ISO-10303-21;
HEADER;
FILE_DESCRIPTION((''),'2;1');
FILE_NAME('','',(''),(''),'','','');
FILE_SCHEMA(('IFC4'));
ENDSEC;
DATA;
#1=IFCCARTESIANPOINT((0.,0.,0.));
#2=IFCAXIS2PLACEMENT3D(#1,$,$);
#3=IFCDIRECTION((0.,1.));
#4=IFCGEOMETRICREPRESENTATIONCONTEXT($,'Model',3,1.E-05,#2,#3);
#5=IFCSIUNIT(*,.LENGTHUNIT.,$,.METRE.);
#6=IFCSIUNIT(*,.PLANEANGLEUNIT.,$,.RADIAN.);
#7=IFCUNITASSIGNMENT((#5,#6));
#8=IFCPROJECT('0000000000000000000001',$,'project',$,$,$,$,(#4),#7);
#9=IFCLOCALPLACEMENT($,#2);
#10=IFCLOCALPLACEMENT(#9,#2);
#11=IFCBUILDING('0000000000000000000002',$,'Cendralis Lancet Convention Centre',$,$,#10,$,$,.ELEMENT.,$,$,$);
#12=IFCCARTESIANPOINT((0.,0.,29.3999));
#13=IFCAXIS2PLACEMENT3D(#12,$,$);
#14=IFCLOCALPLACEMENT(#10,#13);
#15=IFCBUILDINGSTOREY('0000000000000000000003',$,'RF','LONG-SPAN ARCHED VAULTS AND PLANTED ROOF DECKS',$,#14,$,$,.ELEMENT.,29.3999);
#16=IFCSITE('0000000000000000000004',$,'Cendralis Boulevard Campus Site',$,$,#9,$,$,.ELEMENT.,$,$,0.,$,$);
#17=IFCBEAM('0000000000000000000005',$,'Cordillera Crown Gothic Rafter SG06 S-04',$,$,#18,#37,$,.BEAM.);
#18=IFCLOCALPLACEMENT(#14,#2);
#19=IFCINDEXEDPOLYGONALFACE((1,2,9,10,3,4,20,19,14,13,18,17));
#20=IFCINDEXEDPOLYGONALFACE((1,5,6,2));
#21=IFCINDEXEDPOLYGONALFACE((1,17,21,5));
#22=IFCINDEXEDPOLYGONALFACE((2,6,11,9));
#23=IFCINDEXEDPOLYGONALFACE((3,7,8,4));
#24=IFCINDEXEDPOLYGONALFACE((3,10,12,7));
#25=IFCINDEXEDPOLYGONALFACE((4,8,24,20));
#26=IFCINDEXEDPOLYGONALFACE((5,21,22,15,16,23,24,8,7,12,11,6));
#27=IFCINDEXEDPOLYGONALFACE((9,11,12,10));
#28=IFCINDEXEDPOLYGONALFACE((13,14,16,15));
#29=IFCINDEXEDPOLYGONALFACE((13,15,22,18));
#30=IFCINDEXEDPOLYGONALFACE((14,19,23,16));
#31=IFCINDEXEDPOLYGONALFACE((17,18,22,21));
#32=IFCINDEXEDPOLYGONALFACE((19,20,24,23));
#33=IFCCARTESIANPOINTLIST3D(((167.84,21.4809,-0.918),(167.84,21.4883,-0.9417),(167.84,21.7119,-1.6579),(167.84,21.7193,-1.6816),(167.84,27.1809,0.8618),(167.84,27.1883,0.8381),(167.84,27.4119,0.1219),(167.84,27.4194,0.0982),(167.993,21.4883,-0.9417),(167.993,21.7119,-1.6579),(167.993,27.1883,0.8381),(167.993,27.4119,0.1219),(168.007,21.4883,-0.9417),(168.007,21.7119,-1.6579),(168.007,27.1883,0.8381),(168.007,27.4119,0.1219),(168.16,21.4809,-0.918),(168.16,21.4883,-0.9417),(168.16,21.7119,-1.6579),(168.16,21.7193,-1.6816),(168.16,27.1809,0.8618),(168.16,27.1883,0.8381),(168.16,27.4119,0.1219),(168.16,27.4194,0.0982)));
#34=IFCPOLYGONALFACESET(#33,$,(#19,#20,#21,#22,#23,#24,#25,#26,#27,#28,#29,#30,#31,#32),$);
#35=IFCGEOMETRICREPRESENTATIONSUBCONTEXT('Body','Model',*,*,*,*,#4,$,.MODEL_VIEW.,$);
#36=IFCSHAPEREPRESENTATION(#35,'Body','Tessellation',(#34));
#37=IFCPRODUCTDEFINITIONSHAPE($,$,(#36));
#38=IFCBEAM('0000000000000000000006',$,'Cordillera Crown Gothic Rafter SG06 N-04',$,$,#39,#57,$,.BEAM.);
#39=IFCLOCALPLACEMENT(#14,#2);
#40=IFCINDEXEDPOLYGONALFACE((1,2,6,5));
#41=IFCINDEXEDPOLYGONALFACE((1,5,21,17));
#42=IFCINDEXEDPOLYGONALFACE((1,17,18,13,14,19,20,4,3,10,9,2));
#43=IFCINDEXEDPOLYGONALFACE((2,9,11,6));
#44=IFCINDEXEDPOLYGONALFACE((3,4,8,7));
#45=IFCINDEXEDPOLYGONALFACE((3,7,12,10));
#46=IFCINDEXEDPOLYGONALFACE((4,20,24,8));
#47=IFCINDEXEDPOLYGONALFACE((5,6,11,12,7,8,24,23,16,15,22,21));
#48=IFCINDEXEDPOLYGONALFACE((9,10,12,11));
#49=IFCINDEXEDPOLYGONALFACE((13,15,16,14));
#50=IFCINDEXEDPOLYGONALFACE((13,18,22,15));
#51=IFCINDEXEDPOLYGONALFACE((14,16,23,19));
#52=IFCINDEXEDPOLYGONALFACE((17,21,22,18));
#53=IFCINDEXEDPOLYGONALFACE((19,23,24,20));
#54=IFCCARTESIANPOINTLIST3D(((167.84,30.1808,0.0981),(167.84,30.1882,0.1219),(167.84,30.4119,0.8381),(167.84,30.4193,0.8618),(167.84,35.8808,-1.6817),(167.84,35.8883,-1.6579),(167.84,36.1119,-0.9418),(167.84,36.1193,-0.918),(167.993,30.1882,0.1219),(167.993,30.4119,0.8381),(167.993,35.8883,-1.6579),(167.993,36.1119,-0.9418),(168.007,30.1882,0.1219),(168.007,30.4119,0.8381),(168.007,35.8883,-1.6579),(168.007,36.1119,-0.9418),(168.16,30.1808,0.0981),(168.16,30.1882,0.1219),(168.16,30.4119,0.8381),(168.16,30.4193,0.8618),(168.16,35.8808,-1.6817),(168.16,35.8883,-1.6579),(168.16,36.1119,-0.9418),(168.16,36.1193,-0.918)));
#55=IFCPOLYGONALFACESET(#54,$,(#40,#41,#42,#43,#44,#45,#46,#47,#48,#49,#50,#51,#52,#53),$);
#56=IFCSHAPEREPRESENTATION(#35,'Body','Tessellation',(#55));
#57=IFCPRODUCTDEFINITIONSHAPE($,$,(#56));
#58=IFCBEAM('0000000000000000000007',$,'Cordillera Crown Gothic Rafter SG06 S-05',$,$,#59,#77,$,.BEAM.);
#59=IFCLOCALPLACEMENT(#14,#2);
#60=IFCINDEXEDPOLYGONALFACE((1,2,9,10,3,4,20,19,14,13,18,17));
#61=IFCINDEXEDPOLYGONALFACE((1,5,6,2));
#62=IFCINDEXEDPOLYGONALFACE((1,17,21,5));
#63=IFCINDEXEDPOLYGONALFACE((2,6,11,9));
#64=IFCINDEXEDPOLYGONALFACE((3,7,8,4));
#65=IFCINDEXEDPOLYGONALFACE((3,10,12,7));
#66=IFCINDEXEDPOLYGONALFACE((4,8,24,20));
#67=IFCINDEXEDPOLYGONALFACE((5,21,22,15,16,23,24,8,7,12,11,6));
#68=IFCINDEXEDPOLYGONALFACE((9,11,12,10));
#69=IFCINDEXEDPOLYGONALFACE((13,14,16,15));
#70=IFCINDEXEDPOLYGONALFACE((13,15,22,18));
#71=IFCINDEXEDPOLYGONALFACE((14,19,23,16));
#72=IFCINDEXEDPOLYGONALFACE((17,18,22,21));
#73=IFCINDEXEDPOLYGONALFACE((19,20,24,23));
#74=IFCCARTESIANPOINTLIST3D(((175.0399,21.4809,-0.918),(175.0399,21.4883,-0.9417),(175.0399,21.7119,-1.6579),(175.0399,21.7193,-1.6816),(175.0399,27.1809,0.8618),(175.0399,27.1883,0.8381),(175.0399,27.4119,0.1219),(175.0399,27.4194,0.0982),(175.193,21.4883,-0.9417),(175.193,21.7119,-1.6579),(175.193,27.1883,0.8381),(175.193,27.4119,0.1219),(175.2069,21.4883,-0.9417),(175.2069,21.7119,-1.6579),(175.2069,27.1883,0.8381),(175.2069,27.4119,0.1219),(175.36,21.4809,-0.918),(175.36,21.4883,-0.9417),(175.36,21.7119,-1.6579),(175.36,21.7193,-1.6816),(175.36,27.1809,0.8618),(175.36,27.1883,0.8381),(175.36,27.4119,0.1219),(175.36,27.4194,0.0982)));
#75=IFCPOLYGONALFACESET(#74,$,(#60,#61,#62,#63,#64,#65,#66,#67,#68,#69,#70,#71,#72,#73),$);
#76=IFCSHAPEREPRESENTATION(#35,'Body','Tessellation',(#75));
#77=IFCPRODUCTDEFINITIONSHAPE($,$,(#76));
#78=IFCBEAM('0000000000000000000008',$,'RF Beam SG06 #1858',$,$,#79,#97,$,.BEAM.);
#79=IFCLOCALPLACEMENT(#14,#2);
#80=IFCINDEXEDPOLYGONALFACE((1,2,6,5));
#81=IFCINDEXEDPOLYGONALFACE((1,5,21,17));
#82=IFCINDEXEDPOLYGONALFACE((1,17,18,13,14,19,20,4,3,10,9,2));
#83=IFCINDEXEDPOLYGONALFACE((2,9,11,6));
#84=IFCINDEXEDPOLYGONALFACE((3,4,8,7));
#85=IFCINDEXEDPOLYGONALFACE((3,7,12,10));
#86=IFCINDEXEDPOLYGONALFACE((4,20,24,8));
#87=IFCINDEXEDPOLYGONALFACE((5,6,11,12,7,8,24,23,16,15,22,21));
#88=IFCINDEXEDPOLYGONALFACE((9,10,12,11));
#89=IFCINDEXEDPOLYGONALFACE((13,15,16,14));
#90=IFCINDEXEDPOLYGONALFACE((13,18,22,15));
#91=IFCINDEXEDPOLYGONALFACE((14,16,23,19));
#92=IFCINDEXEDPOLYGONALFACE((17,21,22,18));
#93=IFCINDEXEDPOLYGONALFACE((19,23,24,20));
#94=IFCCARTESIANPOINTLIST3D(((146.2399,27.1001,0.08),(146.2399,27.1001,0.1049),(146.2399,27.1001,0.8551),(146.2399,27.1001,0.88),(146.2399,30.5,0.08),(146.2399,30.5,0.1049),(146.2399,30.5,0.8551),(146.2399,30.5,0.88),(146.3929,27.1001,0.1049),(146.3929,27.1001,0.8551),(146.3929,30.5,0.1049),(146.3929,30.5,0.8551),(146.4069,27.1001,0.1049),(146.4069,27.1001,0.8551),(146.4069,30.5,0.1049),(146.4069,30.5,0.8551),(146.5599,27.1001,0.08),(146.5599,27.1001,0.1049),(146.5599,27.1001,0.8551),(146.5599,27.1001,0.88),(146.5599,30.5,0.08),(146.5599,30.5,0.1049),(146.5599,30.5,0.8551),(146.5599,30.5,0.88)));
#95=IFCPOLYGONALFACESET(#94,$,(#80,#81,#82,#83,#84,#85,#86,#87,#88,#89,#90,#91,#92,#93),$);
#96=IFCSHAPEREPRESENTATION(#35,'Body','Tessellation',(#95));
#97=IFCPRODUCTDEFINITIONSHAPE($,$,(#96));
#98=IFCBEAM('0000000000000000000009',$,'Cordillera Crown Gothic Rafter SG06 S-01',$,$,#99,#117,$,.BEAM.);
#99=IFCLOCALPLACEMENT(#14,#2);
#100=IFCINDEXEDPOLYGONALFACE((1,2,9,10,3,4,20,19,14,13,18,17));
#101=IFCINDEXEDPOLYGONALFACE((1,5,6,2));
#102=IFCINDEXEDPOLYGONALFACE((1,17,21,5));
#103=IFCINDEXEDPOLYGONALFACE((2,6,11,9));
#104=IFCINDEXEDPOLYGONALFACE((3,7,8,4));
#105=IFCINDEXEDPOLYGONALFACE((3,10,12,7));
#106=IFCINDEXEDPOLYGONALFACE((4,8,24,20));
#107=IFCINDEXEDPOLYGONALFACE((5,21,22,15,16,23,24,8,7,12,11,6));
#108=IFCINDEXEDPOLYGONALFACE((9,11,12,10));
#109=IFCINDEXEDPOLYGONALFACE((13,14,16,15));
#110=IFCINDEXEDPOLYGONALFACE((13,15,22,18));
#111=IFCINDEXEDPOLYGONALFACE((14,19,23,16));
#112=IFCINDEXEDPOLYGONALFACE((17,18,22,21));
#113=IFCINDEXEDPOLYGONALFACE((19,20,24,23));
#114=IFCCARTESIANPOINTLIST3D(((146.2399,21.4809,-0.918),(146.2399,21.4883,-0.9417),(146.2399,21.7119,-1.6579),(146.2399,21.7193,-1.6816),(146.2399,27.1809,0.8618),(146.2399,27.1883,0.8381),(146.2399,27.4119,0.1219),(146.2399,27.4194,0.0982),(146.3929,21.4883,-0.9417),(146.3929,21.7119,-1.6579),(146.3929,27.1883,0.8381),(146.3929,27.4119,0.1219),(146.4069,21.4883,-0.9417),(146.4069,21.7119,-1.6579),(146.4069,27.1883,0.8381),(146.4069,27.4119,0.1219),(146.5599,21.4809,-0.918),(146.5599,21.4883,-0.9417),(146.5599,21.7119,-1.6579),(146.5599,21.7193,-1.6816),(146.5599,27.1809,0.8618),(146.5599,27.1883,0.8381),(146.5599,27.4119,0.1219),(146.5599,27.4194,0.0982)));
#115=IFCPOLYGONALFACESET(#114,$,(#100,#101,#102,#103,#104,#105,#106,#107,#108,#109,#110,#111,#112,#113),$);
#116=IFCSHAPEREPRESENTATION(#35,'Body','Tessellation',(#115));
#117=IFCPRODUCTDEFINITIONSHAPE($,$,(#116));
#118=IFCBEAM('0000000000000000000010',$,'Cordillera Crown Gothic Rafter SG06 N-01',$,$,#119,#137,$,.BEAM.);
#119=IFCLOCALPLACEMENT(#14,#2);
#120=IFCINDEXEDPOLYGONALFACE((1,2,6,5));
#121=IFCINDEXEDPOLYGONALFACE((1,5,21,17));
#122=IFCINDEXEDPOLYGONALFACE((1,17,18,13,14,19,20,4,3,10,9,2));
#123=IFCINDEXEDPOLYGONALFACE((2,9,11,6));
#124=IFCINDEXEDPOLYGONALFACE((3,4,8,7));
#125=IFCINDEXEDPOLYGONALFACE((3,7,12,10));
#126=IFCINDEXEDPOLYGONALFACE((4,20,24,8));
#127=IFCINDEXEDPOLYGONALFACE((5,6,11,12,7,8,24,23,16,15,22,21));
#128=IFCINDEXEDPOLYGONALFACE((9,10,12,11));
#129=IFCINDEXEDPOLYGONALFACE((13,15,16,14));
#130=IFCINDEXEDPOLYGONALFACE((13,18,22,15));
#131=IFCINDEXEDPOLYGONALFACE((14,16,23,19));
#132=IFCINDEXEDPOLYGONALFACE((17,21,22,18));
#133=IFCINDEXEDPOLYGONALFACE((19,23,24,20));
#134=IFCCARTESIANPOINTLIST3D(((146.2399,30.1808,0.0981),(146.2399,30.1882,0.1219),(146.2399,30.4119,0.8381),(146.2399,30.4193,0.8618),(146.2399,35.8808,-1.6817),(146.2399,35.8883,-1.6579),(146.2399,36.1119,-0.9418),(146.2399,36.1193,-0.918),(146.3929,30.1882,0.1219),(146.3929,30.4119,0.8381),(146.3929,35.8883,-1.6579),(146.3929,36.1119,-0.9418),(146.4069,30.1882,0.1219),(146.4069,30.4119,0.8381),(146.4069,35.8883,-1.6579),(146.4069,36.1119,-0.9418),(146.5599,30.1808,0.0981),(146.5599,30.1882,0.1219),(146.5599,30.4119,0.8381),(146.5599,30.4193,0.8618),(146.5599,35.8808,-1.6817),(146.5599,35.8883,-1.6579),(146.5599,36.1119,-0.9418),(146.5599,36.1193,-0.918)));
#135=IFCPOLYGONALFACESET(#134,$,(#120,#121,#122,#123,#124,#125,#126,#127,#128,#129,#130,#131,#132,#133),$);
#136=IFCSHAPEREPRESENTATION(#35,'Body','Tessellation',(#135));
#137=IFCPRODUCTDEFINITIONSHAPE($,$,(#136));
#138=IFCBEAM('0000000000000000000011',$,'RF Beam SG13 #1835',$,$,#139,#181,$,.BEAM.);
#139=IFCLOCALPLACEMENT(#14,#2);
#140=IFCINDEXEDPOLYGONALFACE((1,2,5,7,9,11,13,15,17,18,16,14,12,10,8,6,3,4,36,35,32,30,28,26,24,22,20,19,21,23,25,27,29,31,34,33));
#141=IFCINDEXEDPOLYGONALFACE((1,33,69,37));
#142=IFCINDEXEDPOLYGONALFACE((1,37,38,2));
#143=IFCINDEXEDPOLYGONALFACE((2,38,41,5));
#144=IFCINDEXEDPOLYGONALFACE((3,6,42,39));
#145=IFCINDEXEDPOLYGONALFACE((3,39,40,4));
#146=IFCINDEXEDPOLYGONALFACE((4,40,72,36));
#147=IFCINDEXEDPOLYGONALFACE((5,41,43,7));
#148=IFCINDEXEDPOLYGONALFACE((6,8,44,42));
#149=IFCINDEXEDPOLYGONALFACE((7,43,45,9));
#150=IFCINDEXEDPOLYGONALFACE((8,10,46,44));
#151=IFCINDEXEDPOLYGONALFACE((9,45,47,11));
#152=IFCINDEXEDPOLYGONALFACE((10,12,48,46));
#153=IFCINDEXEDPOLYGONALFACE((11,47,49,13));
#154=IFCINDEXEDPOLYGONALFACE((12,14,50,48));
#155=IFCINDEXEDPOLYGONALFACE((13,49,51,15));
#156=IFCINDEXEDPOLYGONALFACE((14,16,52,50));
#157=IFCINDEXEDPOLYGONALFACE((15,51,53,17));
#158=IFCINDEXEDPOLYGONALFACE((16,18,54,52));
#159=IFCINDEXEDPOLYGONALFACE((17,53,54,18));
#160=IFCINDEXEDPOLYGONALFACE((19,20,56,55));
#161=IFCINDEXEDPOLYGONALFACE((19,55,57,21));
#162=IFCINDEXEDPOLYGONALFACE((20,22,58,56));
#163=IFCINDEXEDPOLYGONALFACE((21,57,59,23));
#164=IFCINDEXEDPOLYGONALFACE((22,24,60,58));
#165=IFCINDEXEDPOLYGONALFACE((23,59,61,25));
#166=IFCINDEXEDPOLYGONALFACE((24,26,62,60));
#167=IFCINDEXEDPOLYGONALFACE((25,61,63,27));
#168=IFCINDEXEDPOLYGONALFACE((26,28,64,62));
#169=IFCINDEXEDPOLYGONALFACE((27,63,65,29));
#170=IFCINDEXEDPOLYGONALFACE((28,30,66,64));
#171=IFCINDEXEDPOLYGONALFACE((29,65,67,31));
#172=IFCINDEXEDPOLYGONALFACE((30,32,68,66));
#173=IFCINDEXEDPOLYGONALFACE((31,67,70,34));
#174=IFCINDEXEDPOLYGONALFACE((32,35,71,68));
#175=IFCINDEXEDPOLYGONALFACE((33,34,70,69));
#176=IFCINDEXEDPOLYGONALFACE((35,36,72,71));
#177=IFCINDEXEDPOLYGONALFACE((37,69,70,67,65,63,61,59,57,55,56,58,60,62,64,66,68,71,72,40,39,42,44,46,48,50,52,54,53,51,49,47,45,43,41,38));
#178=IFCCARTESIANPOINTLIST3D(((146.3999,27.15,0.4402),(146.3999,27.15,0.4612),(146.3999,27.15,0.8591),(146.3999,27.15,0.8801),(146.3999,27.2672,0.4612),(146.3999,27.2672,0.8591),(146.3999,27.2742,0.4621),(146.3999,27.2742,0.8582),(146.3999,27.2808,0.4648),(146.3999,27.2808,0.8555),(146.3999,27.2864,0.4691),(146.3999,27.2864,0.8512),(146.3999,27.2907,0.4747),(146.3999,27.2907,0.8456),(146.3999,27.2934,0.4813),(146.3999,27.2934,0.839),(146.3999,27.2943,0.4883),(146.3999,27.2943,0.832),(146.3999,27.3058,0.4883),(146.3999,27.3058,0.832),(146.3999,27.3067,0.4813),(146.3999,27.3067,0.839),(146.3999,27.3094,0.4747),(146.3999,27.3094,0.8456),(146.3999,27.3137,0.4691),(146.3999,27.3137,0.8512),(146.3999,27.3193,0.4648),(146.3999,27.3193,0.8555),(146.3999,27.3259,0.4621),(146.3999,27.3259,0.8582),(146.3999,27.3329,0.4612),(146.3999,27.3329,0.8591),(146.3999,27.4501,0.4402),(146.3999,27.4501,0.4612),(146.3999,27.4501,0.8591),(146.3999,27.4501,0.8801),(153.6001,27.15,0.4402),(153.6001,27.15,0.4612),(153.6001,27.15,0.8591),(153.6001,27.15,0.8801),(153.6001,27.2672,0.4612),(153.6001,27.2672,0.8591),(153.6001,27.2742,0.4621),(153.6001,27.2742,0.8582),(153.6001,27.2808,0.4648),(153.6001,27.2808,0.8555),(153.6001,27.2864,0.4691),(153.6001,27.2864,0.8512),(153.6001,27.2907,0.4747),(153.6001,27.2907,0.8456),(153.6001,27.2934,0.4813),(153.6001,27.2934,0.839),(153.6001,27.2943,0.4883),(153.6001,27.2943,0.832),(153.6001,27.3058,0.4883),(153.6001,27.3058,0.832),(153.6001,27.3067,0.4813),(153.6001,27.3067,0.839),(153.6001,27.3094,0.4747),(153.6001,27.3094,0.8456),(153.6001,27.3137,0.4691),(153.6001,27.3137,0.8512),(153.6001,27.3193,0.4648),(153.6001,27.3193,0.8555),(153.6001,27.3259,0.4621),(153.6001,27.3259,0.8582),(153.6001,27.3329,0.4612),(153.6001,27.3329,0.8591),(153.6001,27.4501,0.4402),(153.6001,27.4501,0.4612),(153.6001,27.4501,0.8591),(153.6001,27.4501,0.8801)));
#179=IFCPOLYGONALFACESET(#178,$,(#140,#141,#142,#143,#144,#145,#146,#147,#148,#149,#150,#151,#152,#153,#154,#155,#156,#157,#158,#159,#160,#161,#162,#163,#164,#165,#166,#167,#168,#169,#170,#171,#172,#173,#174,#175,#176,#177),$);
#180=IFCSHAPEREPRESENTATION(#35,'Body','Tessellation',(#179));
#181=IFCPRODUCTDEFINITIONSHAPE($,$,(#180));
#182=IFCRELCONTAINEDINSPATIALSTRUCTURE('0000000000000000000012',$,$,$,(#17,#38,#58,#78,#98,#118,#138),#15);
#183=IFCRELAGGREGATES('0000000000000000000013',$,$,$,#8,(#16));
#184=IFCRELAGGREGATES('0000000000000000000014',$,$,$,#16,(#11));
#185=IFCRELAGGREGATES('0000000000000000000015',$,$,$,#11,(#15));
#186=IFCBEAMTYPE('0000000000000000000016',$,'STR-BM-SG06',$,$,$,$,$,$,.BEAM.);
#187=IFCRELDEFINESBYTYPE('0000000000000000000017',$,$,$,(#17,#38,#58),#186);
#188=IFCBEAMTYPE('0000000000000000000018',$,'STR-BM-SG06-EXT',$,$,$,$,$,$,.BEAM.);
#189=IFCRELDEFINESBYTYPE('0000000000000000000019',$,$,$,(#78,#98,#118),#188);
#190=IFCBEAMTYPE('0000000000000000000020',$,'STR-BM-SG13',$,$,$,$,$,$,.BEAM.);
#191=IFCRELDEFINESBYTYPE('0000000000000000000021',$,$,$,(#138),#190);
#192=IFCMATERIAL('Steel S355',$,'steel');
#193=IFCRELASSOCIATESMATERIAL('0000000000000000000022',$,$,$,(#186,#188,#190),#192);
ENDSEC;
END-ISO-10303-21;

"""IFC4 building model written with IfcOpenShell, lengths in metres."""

from ifc_helpers import new_model, si_unit, direction, frame, origin, origin_2d, place, context, subcontext, project, spatial, i_section, extrude, material, material_profile, profile_set, type_object, element, save


model = new_model("IFC4")

# Units and contexts
model_context = context("Model", 3, precision=1e-05, world=origin(), true_north=direction((0.0, 1.0)))
body_context = subcontext(model_context, "Body", "Model", "MODEL_VIEW")
ifc_project = project(units=[si_unit("LENGTHUNIT", "METRE"), si_unit("PLANEANGLEUNIT", "RADIAN")], contexts=[model_context])

# Site, building, storey
site_placement = place(None, origin())
site = spatial("IfcSite", under=ifc_project, at=site_placement, Name="Cendralis Boulevard Campus Site", CompositionType="ELEMENT", RefElevation=0.0)
building_placement = place(site_placement, origin())
building = spatial("IfcBuilding", under=site, at=building_placement, Name="Cendralis Lancet Convention Centre", CompositionType="ELEMENT")
storey_placement = place(building_placement, frame((0.0, 0.0, 29.3999)))
storey = spatial("IfcBuildingStorey", under=building, at=storey_placement, Name="RF", Description="LONG-SPAN ARCHED VAULTS AND PLANTED ROOF DECKS", CompositionType="ELEMENT", Elevation=29.3999)

# Beams
ifc_material_1 = material(Name="Steel S355", Category="steel")
ifc_material_profile_1 = material_profile(ifc_material_1, i_section(OverallWidth=0.3201, OverallDepth=0.8, WebThickness=0.0139, FlangeThickness=0.0249, at=origin_2d()), Name="PG 800x320")
ifc_profile_set_1 = profile_set([ifc_material_profile_1], Name="Steel S355")
beam_type_1 = type_object("IfcBeamType", Name="STR-BM-SG06", PredefinedType="BEAM", material=ifc_profile_set_1)
for number, where, z_axis, x_axis, name in (
    (1, (168.0, 21.6001, -1.2998), (0.0, 0.954549, 0.298054), (-1.0, 0.0, 0.0), "Cordillera Crown Gothic Rafter SG06 S-04"),
    (2, (168.0, 30.3, 0.48), (0.0, 0.954549, -0.298054), (-1.0, 0.0, 0.0), "Cordillera Crown Gothic Rafter SG06 N-04"),
    (3, (175.2, 21.6001, -1.2998), (0.0, 0.954549, 0.298054), (-1.0, 0.0, 0.0), "Cordillera Crown Gothic Rafter SG06 S-05"),
):
    element("IfcBeam", number, at=place(storey_placement, frame(where, z_axis=z_axis, x_axis=x_axis)), inside=storey, type_object=beam_type_1, Name=name, PredefinedType="BEAM", context=body_context, shape_type="SweptSolid", body=[
        extrude(i_section(OverallWidth=0.3201, OverallDepth=0.8, WebThickness=0.0139, FlangeThickness=0.0249, at=origin_2d()), origin(), (0.0, 0.0, 1.0), 5.9714),
    ])
ifc_material_profile_2 = material_profile(ifc_material_1, i_section(OverallWidth=0.3201, OverallDepth=0.8, WebThickness=0.0139, FlangeThickness=0.0249, at=origin_2d()), Name="PG 800x320")
ifc_profile_set_2 = profile_set([ifc_material_profile_2], Name="Steel S355")
beam_type_2 = type_object("IfcBeamType", Name="STR-BM-SG06-EXT", PredefinedType="BEAM", material=ifc_profile_set_2)
beam_1_placement = place(storey_placement, frame((146.3999, 27.1001, 0.48), z_axis=(0.0, 1.0, 0.0), x_axis=(-1.0, 0.0, 0.0)))
element("IfcBeam", 4, at=beam_1_placement, inside=storey, type_object=beam_type_2, Name="RF Beam SG06 #1858", PredefinedType="BEAM", context=body_context, shape_type="SweptSolid", body=[
    extrude(i_section(OverallWidth=0.3201, OverallDepth=0.8, WebThickness=0.0139, FlangeThickness=0.0249, at=origin_2d()), origin(), (0.0, 0.0, 1.0), 3.3999),
])
for number, where, z_axis, x_axis, name in (
    (5, (146.3999, 21.6001, -1.2998), (0.0, 0.954549, 0.298054), (-1.0, 0.0, 0.0), "Cordillera Crown Gothic Rafter SG06 S-01"),
    (6, (146.3999, 30.3, 0.48), (0.0, 0.954549, -0.298054), (-1.0, 0.0, 0.0), "Cordillera Crown Gothic Rafter SG06 N-01"),
):
    element("IfcBeam", number, at=place(storey_placement, frame(where, z_axis=z_axis, x_axis=x_axis)), inside=storey, type_object=beam_type_2, Name=name, PredefinedType="BEAM", context=body_context, shape_type="SweptSolid", body=[
        extrude(i_section(OverallWidth=0.3201, OverallDepth=0.8, WebThickness=0.0139, FlangeThickness=0.0249, at=origin_2d()), origin(), (0.0, 0.0, 1.0), 5.9714),
    ])
ifc_material_profile_3 = material_profile(ifc_material_1, i_section(OverallWidth=0.3, OverallDepth=0.4399, WebThickness=0.0115, FlangeThickness=0.021, FilletRadius=0.0271, at=origin_2d()), Name="HEA 450")
ifc_profile_set_3 = profile_set([ifc_material_profile_3], Name="Steel S355")
beam_type_3 = type_object("IfcBeamType", Name="STR-BM-SG13", PredefinedType="BEAM", material=ifc_profile_set_3)
for number, where, z_axis, x_axis, name in (
    (7, (146.3999, 27.3, 0.6602), (1.0, 0.0, 0.0), (0.0, 1.0, 0.0), "RF Beam SG13 #1835"),
):
    element("IfcBeam", number, at=place(storey_placement, frame(where, z_axis=z_axis, x_axis=x_axis)), inside=storey, type_object=beam_type_3, Name=name, PredefinedType="BEAM", context=body_context, shape_type="SweptSolid", body=[
        extrude(i_section(OverallWidth=0.3, OverallDepth=0.4399, WebThickness=0.0115, FlangeThickness=0.021, FilletRadius=0.0271, at=origin_2d()), origin(), (0.0, 0.0, 1.0), 7.2002),
    ])

save(model, "model.ifc")
